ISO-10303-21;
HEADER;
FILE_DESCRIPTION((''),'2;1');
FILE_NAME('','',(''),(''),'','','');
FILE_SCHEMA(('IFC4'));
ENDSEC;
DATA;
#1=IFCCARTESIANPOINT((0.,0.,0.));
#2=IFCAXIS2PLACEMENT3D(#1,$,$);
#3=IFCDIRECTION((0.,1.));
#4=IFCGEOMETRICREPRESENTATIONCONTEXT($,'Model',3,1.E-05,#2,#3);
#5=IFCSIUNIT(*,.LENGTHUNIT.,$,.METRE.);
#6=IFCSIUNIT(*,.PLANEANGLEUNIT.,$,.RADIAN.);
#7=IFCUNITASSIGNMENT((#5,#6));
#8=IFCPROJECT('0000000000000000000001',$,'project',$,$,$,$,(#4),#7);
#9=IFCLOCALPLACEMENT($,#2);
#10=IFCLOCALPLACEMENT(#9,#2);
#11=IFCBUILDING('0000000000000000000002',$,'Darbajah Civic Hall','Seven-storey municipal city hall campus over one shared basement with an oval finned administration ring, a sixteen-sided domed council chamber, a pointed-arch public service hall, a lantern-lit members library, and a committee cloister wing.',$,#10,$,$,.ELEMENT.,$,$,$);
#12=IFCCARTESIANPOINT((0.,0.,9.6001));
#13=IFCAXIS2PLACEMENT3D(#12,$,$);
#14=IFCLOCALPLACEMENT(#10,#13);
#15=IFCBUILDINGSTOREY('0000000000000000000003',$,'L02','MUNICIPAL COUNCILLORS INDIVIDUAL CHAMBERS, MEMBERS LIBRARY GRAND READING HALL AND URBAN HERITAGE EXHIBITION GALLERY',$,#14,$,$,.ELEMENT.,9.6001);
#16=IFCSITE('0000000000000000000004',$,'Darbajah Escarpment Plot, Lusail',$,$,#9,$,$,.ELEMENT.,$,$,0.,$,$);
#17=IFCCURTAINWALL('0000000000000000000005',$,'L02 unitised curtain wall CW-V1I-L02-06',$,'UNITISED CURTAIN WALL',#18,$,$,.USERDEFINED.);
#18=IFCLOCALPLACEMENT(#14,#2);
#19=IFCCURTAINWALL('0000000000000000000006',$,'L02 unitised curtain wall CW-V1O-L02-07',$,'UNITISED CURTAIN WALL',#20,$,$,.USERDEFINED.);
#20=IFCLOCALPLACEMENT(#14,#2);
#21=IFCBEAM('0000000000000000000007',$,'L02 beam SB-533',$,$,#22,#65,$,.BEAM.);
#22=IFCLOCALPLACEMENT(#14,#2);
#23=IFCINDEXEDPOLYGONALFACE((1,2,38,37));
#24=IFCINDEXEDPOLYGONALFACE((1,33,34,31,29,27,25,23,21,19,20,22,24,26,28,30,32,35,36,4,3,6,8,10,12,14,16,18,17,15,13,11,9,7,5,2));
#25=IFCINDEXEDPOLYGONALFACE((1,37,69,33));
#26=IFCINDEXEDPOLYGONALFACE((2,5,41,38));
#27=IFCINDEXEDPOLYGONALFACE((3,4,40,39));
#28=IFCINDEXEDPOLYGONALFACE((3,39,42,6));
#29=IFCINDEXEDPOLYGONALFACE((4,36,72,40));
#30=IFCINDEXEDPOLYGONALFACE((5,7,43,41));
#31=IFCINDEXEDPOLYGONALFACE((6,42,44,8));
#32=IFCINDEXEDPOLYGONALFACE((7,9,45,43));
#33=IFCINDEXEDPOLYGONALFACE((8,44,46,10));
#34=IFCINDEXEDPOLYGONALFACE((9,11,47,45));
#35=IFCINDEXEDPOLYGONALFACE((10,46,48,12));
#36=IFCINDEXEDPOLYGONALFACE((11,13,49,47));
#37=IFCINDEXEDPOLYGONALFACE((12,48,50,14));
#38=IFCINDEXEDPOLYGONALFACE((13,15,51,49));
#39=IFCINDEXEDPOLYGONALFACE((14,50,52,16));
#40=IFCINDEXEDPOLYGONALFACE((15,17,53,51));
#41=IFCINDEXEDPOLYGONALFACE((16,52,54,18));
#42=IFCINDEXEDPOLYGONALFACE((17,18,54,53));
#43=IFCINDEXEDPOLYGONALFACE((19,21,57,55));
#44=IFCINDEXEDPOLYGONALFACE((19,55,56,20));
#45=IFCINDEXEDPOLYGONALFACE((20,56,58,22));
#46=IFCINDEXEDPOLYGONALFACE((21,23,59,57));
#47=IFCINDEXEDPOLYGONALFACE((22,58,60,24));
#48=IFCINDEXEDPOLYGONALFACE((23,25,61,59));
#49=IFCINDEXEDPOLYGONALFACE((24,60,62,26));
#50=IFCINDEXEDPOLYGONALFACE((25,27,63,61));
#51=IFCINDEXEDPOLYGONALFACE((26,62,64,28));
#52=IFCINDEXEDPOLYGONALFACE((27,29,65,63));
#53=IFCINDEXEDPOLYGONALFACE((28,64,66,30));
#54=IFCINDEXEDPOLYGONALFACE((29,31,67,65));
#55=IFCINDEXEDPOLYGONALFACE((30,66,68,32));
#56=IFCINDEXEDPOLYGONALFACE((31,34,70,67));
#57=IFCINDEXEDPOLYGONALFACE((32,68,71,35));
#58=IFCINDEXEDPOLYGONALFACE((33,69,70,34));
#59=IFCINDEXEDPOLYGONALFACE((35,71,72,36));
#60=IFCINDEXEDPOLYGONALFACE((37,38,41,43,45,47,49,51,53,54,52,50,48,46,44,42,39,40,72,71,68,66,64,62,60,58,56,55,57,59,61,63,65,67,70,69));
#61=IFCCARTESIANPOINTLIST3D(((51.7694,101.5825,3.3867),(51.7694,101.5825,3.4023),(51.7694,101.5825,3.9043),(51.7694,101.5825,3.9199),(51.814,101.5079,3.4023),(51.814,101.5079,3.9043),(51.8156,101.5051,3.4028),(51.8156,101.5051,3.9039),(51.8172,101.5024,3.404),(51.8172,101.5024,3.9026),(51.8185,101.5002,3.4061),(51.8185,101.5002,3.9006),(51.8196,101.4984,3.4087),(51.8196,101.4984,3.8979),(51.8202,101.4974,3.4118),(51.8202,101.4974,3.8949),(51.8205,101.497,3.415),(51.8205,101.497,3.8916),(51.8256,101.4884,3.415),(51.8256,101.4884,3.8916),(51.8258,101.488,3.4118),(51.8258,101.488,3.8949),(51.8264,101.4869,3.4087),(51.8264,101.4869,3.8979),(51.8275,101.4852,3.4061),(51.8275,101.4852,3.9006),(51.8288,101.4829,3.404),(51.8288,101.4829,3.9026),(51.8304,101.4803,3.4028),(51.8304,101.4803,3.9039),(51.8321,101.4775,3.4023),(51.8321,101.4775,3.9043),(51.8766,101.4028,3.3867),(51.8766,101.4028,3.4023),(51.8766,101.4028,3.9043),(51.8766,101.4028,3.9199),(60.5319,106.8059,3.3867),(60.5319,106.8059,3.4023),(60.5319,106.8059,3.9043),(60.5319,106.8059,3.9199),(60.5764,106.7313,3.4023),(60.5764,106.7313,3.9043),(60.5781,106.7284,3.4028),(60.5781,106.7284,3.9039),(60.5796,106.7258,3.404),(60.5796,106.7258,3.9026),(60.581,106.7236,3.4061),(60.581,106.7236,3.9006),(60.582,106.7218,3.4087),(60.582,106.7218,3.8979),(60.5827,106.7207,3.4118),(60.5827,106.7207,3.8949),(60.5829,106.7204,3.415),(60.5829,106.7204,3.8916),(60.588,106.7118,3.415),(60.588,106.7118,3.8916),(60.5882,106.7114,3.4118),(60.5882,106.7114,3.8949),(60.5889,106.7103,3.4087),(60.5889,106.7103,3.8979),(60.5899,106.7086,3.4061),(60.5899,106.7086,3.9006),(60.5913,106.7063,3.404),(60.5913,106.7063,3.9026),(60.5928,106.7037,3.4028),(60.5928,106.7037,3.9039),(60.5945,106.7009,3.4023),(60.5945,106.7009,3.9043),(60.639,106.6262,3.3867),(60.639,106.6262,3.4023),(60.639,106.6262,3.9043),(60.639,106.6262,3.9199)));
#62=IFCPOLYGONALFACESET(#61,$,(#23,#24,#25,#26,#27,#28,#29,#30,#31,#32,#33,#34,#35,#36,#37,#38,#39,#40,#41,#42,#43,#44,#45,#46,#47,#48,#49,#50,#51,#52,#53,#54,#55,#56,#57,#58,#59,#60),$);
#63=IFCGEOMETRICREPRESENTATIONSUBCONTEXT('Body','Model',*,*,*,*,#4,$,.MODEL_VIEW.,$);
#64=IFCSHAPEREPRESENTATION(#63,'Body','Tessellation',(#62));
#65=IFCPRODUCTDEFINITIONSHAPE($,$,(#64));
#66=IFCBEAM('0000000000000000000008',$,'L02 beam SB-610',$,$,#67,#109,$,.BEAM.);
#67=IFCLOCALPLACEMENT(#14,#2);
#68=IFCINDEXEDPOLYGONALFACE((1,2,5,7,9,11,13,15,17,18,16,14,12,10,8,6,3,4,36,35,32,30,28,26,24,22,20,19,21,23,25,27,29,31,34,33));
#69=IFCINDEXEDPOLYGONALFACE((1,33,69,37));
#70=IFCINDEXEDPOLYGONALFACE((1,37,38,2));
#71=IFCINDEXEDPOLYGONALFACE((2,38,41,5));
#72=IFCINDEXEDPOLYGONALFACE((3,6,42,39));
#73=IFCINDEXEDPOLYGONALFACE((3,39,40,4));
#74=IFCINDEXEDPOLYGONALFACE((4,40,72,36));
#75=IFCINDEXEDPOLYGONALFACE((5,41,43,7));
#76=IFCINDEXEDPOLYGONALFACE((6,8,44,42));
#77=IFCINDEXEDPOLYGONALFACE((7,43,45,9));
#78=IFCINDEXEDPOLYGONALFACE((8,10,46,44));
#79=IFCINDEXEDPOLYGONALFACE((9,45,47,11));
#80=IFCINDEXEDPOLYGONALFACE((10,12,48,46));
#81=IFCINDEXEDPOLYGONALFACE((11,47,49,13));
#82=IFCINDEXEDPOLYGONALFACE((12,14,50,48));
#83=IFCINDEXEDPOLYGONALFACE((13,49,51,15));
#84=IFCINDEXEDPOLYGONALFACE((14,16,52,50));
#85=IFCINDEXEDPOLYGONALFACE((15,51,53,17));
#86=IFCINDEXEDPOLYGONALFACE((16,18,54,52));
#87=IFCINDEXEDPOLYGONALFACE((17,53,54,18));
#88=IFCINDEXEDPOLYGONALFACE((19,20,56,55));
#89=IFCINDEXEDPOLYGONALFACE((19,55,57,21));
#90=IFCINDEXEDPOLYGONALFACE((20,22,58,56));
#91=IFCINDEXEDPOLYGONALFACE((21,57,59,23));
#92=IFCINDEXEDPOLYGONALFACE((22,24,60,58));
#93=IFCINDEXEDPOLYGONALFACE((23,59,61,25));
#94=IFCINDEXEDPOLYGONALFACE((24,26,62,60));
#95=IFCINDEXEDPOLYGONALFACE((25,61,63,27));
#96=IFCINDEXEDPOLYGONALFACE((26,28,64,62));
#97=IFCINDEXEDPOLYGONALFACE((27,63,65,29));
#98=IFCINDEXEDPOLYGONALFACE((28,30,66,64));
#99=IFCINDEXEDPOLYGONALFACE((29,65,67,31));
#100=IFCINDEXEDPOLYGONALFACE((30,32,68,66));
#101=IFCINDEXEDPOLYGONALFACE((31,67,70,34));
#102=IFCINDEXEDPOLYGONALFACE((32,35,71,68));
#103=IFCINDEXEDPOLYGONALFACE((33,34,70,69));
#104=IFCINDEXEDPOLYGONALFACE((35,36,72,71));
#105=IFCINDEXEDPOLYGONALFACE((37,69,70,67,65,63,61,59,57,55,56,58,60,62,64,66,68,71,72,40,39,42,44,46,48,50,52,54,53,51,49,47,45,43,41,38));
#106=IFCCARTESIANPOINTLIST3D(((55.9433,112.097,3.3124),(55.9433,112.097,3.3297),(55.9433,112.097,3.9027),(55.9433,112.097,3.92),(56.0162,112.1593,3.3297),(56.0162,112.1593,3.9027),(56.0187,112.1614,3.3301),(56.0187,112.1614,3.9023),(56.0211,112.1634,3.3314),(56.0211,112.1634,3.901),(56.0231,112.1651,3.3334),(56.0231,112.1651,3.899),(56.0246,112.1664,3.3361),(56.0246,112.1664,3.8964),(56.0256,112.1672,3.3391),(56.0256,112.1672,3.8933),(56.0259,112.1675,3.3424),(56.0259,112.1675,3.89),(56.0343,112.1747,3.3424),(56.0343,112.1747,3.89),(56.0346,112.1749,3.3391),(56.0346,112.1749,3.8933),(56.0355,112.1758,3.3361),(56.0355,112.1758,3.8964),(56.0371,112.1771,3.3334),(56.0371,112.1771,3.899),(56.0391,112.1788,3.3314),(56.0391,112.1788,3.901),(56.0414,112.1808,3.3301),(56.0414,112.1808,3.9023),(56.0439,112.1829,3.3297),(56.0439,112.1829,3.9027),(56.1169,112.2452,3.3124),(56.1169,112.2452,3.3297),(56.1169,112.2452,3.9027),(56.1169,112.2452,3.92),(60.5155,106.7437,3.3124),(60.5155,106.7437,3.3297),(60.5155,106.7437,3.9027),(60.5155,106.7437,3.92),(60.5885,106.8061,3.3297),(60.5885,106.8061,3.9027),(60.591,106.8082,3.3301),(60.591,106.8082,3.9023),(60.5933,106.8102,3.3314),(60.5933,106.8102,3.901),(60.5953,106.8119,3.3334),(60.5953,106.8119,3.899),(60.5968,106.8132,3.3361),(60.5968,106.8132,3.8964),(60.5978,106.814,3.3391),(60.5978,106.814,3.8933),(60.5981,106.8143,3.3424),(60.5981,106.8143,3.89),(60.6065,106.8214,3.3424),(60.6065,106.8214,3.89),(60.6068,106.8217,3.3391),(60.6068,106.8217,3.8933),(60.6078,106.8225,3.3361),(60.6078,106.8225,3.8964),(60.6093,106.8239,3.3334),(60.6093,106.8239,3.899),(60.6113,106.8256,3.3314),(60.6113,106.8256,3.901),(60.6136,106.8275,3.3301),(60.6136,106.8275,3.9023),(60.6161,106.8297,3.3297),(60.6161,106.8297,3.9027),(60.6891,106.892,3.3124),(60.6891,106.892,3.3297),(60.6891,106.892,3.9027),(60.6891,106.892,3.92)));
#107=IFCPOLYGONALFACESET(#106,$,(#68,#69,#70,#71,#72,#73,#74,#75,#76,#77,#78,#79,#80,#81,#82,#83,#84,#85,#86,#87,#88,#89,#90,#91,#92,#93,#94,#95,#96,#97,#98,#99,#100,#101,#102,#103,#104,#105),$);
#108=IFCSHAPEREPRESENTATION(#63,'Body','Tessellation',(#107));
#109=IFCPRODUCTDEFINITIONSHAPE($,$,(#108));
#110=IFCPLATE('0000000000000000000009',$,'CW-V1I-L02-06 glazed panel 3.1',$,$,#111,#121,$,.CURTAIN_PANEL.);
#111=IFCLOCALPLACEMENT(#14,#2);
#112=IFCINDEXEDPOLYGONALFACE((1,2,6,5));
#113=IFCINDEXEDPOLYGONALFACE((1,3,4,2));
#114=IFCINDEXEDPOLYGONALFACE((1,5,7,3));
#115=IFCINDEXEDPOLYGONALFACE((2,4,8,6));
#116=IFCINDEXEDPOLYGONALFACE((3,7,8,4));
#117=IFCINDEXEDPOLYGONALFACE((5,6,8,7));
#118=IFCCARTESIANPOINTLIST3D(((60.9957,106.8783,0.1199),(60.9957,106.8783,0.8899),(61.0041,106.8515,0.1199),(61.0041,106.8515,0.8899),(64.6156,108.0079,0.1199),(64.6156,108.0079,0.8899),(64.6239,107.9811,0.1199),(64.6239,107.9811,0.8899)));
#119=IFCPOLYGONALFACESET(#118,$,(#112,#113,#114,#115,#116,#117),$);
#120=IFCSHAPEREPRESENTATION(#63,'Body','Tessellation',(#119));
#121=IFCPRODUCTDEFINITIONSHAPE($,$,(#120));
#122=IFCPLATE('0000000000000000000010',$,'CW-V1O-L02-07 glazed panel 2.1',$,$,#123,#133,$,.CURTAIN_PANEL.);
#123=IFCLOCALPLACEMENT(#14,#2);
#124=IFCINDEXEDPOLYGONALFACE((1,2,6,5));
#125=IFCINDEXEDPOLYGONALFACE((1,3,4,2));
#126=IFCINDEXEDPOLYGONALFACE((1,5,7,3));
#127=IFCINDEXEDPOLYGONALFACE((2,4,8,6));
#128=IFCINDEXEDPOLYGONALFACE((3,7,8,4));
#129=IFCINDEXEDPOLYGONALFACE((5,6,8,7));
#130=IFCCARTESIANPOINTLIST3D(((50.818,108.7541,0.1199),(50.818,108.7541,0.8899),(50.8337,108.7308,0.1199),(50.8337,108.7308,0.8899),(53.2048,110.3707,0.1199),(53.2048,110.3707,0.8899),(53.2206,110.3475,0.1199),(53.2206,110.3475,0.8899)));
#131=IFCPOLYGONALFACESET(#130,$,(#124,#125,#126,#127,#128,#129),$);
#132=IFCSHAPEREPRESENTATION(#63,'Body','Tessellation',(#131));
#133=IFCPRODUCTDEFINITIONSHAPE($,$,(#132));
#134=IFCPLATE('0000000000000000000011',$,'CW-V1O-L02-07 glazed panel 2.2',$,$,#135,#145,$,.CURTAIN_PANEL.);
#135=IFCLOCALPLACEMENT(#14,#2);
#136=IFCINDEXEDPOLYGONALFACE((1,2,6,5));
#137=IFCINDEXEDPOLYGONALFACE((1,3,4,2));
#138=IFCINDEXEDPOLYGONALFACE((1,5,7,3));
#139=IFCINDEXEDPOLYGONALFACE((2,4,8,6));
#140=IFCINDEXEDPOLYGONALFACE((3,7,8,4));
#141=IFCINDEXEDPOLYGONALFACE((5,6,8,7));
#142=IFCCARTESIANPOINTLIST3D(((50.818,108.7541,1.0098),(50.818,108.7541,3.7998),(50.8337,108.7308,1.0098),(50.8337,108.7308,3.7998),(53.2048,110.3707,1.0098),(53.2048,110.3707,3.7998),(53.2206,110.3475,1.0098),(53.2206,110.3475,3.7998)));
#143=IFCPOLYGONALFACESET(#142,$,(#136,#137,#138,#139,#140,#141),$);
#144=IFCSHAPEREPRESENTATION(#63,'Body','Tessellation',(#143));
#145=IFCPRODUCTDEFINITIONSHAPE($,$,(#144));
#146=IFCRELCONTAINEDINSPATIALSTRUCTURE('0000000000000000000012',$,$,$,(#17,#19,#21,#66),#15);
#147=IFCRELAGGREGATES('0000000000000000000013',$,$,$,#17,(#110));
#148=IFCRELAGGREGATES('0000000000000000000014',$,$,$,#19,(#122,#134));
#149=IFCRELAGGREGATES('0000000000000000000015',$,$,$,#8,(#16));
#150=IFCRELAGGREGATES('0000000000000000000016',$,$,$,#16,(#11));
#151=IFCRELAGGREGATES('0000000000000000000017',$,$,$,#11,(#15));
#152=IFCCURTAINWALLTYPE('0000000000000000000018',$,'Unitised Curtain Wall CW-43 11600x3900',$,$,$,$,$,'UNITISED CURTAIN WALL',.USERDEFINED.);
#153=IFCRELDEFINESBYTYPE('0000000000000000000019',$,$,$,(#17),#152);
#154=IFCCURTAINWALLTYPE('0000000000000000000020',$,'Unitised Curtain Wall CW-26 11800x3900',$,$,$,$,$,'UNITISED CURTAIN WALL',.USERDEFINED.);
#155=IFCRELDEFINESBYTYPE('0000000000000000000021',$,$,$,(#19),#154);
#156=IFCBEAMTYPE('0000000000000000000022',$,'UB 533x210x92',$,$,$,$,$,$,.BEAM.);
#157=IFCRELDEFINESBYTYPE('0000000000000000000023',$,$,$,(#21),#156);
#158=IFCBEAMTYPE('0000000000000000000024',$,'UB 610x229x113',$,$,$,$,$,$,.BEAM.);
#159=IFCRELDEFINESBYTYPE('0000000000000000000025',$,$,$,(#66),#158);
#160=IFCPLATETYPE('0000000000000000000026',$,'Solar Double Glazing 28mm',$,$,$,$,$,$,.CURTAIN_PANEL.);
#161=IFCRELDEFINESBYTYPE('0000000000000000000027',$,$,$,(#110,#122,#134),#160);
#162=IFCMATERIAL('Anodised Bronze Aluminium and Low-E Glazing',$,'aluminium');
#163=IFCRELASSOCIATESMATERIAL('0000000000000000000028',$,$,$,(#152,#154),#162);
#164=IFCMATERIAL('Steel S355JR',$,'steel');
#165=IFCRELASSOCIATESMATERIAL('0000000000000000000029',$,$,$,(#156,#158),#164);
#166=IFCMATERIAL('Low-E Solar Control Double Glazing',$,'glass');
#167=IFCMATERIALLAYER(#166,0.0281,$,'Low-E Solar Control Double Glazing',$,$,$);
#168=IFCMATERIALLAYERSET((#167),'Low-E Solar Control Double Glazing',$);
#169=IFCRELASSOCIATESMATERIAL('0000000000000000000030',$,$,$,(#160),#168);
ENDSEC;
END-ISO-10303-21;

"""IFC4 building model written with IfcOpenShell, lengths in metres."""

from ifc_helpers import new_model, si_unit, direction, frame, origin, origin_2d, place, context, subcontext, project, spatial, rectangle, i_section, extrude, material, layer, layer_set, material_profile, profile_set, type_object, element, aggregate, save


model = new_model("IFC4")

# Units and contexts
model_context = context("Model", 3, precision=1e-05, world=origin(), true_north=direction((0.0, 1.0)))
body_context = subcontext(model_context, "Body", "Model", "MODEL_VIEW")
ifc_project = project(units=[si_unit("LENGTHUNIT", "METRE"), si_unit("PLANEANGLEUNIT", "RADIAN")], contexts=[model_context])

# Site, building, storey
site_placement = place(None, origin())
site = spatial("IfcSite", under=ifc_project, at=site_placement, Name="Darbajah Escarpment Plot, Lusail", CompositionType="ELEMENT", RefElevation=0.0)
building_placement = place(site_placement, origin())
building = spatial("IfcBuilding", under=site, at=building_placement, Name="Darbajah Civic Hall", Description="Seven-storey municipal city hall campus over one shared basement with an oval finned administration ring, a sixteen-sided domed council chamber, a pointed-arch public service hall, a lantern-lit members library, and a committee cloister wing.", CompositionType="ELEMENT")
storey_placement = place(building_placement, frame((0.0, 0.0, 9.6001)))
storey = spatial("IfcBuildingStorey", under=building, at=storey_placement, Name="L02", Description="MUNICIPAL COUNCILLORS INDIVIDUAL CHAMBERS, MEMBERS LIBRARY GRAND READING HALL AND URBAN HERITAGE EXHIBITION GALLERY", CompositionType="ELEMENT", Elevation=9.6001)

# Curtain wall
ifc_material_1 = material(Name="Anodised Bronze Aluminium and Low-E Glazing", Category="aluminium")
curtain_wall_type_1 = type_object("IfcCurtainWallType", Name="Unitised Curtain Wall CW-43 11600x3900", ElementType="UNITISED CURTAIN WALL", PredefinedType="USERDEFINED", material=ifc_material_1)
curtain_wall_1_placement = place(storey_placement, origin())
curtain_wall_1 = element("IfcCurtainWall", 1, at=curtain_wall_1_placement, inside=storey, type_object=curtain_wall_type_1, Name="L02 unitised curtain wall CW-V1I-L02-06", ObjectType="UNITISED CURTAIN WALL", PredefinedType="USERDEFINED")

# Curtain wall
curtain_wall_type_2 = type_object("IfcCurtainWallType", Name="Unitised Curtain Wall CW-26 11800x3900", ElementType="UNITISED CURTAIN WALL", PredefinedType="USERDEFINED", material=ifc_material_1)
curtain_wall_2_placement = place(storey_placement, origin())
curtain_wall_2 = element("IfcCurtainWall", 2, at=curtain_wall_2_placement, inside=storey, type_object=curtain_wall_type_2, Name="L02 unitised curtain wall CW-V1O-L02-07", ObjectType="UNITISED CURTAIN WALL", PredefinedType="USERDEFINED")

# Beams
ifc_material_2 = material(Name="Steel S355JR", Category="steel")
ifc_material_profile_1 = material_profile(ifc_material_2, i_section(OverallWidth=0.2092, OverallDepth=0.5332, WebThickness=0.01, FlangeThickness=0.0156, FilletRadius=0.0127, at=origin_2d()), Name="UB 533x210x92")
ifc_profile_set_1 = profile_set([ifc_material_profile_1], Name="Steel S355JR")
beam_type_1 = type_object("IfcBeamType", Name="UB 533x210x92", PredefinedType="BEAM", material=ifc_profile_set_1)
beam_1_placement = place(storey_placement, frame((60.5854, 106.7161, 3.6533), z_axis=(-0.858963, -0.512037, 0.0), x_axis=(0.512037, -0.858963, 0.0)))
element("IfcBeam", 3, at=beam_1_placement, inside=storey, type_object=beam_type_1, Name="L02 beam SB-533", PredefinedType="BEAM", context=body_context, shape_type="SweptSolid", body=[
    extrude(i_section(OverallWidth=0.2092, OverallDepth=0.5332, WebThickness=0.01, FlangeThickness=0.0156, FilletRadius=0.0127, at=origin_2d()), origin(), (0.0, 0.0, 1.0), 10.2012),
])
ifc_material_profile_2 = material_profile(ifc_material_2, i_section(OverallWidth=0.2283, OverallDepth=0.6077, WebThickness=0.011, FlangeThickness=0.0173, FilletRadius=0.0127, at=origin_2d()), Name="UB 610x229x113")
ifc_profile_set_2 = profile_set([ifc_material_profile_2], Name="Steel S355JR")
beam_type_2 = type_object("IfcBeamType", Name="UB 610x229x113", PredefinedType="BEAM", material=ifc_profile_set_2)
beam_2_placement = place(storey_placement, frame((60.6023, 106.8179, 3.6162), z_axis=(-0.64946, 0.760396, 0.0), x_axis=(-0.760396, -0.64946, 0.0)))
element("IfcBeam", 4, at=beam_2_placement, inside=storey, type_object=beam_type_2, Name="L02 beam SB-610", PredefinedType="BEAM", context=body_context, shape_type="SweptSolid", body=[
    extrude(i_section(OverallWidth=0.2283, OverallDepth=0.6077, WebThickness=0.011, FlangeThickness=0.0173, FilletRadius=0.0127, at=origin_2d()), origin(), (0.0, 0.0, 1.0), 7.04),
])

# Plates
ifc_material_3 = material(Name="Low-E Solar Control Double Glazing", Category="glass")
ifc_layer_1 = layer(ifc_material_3, 0.0281, Name="Low-E Solar Control Double Glazing")
ifc_layer_set_1 = layer_set([ifc_layer_1], Name="Low-E Solar Control Double Glazing")
plate_type = type_object("IfcPlateType", Name="Solar Double Glazing 28mm", PredefinedType="CURTAIN_PANEL", material=ifc_layer_set_1)
plate_1_placement = place(storey_placement, frame((62.8098, 107.4297, 0.1199), z_axis=(0.0, 0.0, 1.0), x_axis=(-0.954605, -0.297875, 0.0)))
plate_1 = element("IfcPlate", 5, at=plate_1_placement, type_object=plate_type, Name="CW-V1I-L02-06 glazed panel 3.1", PredefinedType="CURTAIN_PANEL", context=body_context, shape_type="SweptSolid", body=[
    extrude(rectangle(XDim=3.792, YDim=0.0281, at=origin_2d()), origin(), (0.0, 0.0, 1.0), 0.77),
])
aggregate(curtain_wall_1, [plate_1])
plate_2_placement = place(storey_placement, frame((52.0193, 109.5508, 0.1199), z_axis=(0.0, 0.0, 1.0), x_axis=(-0.827962, -0.560784, 0.0)))
plate_2 = element("IfcPlate", 6, at=plate_2_placement, type_object=plate_type, Name="CW-V1O-L02-07 glazed panel 2.1", PredefinedType="CURTAIN_PANEL", context=body_context, shape_type="SweptSolid", body=[
    extrude(rectangle(XDim=2.8828, YDim=0.0281, at=origin_2d()), origin(), (0.0, 0.0, 1.0), 0.77),
])
plate_3_placement = place(storey_placement, frame((52.0193, 109.5508, 1.0098), z_axis=(0.0, 0.0, 1.0), x_axis=(-0.827962, -0.560784, 0.0)))
plate_3 = element("IfcPlate", 7, at=plate_3_placement, type_object=plate_type, Name="CW-V1O-L02-07 glazed panel 2.2", PredefinedType="CURTAIN_PANEL", context=body_context, shape_type="SweptSolid", body=[
    extrude(rectangle(XDim=2.8828, YDim=0.0281, at=origin_2d()), origin(), (0.0, 0.0, 1.0), 2.79),
])
aggregate(curtain_wall_2, [plate_2, plate_3])

save(model, "model.ifc")
